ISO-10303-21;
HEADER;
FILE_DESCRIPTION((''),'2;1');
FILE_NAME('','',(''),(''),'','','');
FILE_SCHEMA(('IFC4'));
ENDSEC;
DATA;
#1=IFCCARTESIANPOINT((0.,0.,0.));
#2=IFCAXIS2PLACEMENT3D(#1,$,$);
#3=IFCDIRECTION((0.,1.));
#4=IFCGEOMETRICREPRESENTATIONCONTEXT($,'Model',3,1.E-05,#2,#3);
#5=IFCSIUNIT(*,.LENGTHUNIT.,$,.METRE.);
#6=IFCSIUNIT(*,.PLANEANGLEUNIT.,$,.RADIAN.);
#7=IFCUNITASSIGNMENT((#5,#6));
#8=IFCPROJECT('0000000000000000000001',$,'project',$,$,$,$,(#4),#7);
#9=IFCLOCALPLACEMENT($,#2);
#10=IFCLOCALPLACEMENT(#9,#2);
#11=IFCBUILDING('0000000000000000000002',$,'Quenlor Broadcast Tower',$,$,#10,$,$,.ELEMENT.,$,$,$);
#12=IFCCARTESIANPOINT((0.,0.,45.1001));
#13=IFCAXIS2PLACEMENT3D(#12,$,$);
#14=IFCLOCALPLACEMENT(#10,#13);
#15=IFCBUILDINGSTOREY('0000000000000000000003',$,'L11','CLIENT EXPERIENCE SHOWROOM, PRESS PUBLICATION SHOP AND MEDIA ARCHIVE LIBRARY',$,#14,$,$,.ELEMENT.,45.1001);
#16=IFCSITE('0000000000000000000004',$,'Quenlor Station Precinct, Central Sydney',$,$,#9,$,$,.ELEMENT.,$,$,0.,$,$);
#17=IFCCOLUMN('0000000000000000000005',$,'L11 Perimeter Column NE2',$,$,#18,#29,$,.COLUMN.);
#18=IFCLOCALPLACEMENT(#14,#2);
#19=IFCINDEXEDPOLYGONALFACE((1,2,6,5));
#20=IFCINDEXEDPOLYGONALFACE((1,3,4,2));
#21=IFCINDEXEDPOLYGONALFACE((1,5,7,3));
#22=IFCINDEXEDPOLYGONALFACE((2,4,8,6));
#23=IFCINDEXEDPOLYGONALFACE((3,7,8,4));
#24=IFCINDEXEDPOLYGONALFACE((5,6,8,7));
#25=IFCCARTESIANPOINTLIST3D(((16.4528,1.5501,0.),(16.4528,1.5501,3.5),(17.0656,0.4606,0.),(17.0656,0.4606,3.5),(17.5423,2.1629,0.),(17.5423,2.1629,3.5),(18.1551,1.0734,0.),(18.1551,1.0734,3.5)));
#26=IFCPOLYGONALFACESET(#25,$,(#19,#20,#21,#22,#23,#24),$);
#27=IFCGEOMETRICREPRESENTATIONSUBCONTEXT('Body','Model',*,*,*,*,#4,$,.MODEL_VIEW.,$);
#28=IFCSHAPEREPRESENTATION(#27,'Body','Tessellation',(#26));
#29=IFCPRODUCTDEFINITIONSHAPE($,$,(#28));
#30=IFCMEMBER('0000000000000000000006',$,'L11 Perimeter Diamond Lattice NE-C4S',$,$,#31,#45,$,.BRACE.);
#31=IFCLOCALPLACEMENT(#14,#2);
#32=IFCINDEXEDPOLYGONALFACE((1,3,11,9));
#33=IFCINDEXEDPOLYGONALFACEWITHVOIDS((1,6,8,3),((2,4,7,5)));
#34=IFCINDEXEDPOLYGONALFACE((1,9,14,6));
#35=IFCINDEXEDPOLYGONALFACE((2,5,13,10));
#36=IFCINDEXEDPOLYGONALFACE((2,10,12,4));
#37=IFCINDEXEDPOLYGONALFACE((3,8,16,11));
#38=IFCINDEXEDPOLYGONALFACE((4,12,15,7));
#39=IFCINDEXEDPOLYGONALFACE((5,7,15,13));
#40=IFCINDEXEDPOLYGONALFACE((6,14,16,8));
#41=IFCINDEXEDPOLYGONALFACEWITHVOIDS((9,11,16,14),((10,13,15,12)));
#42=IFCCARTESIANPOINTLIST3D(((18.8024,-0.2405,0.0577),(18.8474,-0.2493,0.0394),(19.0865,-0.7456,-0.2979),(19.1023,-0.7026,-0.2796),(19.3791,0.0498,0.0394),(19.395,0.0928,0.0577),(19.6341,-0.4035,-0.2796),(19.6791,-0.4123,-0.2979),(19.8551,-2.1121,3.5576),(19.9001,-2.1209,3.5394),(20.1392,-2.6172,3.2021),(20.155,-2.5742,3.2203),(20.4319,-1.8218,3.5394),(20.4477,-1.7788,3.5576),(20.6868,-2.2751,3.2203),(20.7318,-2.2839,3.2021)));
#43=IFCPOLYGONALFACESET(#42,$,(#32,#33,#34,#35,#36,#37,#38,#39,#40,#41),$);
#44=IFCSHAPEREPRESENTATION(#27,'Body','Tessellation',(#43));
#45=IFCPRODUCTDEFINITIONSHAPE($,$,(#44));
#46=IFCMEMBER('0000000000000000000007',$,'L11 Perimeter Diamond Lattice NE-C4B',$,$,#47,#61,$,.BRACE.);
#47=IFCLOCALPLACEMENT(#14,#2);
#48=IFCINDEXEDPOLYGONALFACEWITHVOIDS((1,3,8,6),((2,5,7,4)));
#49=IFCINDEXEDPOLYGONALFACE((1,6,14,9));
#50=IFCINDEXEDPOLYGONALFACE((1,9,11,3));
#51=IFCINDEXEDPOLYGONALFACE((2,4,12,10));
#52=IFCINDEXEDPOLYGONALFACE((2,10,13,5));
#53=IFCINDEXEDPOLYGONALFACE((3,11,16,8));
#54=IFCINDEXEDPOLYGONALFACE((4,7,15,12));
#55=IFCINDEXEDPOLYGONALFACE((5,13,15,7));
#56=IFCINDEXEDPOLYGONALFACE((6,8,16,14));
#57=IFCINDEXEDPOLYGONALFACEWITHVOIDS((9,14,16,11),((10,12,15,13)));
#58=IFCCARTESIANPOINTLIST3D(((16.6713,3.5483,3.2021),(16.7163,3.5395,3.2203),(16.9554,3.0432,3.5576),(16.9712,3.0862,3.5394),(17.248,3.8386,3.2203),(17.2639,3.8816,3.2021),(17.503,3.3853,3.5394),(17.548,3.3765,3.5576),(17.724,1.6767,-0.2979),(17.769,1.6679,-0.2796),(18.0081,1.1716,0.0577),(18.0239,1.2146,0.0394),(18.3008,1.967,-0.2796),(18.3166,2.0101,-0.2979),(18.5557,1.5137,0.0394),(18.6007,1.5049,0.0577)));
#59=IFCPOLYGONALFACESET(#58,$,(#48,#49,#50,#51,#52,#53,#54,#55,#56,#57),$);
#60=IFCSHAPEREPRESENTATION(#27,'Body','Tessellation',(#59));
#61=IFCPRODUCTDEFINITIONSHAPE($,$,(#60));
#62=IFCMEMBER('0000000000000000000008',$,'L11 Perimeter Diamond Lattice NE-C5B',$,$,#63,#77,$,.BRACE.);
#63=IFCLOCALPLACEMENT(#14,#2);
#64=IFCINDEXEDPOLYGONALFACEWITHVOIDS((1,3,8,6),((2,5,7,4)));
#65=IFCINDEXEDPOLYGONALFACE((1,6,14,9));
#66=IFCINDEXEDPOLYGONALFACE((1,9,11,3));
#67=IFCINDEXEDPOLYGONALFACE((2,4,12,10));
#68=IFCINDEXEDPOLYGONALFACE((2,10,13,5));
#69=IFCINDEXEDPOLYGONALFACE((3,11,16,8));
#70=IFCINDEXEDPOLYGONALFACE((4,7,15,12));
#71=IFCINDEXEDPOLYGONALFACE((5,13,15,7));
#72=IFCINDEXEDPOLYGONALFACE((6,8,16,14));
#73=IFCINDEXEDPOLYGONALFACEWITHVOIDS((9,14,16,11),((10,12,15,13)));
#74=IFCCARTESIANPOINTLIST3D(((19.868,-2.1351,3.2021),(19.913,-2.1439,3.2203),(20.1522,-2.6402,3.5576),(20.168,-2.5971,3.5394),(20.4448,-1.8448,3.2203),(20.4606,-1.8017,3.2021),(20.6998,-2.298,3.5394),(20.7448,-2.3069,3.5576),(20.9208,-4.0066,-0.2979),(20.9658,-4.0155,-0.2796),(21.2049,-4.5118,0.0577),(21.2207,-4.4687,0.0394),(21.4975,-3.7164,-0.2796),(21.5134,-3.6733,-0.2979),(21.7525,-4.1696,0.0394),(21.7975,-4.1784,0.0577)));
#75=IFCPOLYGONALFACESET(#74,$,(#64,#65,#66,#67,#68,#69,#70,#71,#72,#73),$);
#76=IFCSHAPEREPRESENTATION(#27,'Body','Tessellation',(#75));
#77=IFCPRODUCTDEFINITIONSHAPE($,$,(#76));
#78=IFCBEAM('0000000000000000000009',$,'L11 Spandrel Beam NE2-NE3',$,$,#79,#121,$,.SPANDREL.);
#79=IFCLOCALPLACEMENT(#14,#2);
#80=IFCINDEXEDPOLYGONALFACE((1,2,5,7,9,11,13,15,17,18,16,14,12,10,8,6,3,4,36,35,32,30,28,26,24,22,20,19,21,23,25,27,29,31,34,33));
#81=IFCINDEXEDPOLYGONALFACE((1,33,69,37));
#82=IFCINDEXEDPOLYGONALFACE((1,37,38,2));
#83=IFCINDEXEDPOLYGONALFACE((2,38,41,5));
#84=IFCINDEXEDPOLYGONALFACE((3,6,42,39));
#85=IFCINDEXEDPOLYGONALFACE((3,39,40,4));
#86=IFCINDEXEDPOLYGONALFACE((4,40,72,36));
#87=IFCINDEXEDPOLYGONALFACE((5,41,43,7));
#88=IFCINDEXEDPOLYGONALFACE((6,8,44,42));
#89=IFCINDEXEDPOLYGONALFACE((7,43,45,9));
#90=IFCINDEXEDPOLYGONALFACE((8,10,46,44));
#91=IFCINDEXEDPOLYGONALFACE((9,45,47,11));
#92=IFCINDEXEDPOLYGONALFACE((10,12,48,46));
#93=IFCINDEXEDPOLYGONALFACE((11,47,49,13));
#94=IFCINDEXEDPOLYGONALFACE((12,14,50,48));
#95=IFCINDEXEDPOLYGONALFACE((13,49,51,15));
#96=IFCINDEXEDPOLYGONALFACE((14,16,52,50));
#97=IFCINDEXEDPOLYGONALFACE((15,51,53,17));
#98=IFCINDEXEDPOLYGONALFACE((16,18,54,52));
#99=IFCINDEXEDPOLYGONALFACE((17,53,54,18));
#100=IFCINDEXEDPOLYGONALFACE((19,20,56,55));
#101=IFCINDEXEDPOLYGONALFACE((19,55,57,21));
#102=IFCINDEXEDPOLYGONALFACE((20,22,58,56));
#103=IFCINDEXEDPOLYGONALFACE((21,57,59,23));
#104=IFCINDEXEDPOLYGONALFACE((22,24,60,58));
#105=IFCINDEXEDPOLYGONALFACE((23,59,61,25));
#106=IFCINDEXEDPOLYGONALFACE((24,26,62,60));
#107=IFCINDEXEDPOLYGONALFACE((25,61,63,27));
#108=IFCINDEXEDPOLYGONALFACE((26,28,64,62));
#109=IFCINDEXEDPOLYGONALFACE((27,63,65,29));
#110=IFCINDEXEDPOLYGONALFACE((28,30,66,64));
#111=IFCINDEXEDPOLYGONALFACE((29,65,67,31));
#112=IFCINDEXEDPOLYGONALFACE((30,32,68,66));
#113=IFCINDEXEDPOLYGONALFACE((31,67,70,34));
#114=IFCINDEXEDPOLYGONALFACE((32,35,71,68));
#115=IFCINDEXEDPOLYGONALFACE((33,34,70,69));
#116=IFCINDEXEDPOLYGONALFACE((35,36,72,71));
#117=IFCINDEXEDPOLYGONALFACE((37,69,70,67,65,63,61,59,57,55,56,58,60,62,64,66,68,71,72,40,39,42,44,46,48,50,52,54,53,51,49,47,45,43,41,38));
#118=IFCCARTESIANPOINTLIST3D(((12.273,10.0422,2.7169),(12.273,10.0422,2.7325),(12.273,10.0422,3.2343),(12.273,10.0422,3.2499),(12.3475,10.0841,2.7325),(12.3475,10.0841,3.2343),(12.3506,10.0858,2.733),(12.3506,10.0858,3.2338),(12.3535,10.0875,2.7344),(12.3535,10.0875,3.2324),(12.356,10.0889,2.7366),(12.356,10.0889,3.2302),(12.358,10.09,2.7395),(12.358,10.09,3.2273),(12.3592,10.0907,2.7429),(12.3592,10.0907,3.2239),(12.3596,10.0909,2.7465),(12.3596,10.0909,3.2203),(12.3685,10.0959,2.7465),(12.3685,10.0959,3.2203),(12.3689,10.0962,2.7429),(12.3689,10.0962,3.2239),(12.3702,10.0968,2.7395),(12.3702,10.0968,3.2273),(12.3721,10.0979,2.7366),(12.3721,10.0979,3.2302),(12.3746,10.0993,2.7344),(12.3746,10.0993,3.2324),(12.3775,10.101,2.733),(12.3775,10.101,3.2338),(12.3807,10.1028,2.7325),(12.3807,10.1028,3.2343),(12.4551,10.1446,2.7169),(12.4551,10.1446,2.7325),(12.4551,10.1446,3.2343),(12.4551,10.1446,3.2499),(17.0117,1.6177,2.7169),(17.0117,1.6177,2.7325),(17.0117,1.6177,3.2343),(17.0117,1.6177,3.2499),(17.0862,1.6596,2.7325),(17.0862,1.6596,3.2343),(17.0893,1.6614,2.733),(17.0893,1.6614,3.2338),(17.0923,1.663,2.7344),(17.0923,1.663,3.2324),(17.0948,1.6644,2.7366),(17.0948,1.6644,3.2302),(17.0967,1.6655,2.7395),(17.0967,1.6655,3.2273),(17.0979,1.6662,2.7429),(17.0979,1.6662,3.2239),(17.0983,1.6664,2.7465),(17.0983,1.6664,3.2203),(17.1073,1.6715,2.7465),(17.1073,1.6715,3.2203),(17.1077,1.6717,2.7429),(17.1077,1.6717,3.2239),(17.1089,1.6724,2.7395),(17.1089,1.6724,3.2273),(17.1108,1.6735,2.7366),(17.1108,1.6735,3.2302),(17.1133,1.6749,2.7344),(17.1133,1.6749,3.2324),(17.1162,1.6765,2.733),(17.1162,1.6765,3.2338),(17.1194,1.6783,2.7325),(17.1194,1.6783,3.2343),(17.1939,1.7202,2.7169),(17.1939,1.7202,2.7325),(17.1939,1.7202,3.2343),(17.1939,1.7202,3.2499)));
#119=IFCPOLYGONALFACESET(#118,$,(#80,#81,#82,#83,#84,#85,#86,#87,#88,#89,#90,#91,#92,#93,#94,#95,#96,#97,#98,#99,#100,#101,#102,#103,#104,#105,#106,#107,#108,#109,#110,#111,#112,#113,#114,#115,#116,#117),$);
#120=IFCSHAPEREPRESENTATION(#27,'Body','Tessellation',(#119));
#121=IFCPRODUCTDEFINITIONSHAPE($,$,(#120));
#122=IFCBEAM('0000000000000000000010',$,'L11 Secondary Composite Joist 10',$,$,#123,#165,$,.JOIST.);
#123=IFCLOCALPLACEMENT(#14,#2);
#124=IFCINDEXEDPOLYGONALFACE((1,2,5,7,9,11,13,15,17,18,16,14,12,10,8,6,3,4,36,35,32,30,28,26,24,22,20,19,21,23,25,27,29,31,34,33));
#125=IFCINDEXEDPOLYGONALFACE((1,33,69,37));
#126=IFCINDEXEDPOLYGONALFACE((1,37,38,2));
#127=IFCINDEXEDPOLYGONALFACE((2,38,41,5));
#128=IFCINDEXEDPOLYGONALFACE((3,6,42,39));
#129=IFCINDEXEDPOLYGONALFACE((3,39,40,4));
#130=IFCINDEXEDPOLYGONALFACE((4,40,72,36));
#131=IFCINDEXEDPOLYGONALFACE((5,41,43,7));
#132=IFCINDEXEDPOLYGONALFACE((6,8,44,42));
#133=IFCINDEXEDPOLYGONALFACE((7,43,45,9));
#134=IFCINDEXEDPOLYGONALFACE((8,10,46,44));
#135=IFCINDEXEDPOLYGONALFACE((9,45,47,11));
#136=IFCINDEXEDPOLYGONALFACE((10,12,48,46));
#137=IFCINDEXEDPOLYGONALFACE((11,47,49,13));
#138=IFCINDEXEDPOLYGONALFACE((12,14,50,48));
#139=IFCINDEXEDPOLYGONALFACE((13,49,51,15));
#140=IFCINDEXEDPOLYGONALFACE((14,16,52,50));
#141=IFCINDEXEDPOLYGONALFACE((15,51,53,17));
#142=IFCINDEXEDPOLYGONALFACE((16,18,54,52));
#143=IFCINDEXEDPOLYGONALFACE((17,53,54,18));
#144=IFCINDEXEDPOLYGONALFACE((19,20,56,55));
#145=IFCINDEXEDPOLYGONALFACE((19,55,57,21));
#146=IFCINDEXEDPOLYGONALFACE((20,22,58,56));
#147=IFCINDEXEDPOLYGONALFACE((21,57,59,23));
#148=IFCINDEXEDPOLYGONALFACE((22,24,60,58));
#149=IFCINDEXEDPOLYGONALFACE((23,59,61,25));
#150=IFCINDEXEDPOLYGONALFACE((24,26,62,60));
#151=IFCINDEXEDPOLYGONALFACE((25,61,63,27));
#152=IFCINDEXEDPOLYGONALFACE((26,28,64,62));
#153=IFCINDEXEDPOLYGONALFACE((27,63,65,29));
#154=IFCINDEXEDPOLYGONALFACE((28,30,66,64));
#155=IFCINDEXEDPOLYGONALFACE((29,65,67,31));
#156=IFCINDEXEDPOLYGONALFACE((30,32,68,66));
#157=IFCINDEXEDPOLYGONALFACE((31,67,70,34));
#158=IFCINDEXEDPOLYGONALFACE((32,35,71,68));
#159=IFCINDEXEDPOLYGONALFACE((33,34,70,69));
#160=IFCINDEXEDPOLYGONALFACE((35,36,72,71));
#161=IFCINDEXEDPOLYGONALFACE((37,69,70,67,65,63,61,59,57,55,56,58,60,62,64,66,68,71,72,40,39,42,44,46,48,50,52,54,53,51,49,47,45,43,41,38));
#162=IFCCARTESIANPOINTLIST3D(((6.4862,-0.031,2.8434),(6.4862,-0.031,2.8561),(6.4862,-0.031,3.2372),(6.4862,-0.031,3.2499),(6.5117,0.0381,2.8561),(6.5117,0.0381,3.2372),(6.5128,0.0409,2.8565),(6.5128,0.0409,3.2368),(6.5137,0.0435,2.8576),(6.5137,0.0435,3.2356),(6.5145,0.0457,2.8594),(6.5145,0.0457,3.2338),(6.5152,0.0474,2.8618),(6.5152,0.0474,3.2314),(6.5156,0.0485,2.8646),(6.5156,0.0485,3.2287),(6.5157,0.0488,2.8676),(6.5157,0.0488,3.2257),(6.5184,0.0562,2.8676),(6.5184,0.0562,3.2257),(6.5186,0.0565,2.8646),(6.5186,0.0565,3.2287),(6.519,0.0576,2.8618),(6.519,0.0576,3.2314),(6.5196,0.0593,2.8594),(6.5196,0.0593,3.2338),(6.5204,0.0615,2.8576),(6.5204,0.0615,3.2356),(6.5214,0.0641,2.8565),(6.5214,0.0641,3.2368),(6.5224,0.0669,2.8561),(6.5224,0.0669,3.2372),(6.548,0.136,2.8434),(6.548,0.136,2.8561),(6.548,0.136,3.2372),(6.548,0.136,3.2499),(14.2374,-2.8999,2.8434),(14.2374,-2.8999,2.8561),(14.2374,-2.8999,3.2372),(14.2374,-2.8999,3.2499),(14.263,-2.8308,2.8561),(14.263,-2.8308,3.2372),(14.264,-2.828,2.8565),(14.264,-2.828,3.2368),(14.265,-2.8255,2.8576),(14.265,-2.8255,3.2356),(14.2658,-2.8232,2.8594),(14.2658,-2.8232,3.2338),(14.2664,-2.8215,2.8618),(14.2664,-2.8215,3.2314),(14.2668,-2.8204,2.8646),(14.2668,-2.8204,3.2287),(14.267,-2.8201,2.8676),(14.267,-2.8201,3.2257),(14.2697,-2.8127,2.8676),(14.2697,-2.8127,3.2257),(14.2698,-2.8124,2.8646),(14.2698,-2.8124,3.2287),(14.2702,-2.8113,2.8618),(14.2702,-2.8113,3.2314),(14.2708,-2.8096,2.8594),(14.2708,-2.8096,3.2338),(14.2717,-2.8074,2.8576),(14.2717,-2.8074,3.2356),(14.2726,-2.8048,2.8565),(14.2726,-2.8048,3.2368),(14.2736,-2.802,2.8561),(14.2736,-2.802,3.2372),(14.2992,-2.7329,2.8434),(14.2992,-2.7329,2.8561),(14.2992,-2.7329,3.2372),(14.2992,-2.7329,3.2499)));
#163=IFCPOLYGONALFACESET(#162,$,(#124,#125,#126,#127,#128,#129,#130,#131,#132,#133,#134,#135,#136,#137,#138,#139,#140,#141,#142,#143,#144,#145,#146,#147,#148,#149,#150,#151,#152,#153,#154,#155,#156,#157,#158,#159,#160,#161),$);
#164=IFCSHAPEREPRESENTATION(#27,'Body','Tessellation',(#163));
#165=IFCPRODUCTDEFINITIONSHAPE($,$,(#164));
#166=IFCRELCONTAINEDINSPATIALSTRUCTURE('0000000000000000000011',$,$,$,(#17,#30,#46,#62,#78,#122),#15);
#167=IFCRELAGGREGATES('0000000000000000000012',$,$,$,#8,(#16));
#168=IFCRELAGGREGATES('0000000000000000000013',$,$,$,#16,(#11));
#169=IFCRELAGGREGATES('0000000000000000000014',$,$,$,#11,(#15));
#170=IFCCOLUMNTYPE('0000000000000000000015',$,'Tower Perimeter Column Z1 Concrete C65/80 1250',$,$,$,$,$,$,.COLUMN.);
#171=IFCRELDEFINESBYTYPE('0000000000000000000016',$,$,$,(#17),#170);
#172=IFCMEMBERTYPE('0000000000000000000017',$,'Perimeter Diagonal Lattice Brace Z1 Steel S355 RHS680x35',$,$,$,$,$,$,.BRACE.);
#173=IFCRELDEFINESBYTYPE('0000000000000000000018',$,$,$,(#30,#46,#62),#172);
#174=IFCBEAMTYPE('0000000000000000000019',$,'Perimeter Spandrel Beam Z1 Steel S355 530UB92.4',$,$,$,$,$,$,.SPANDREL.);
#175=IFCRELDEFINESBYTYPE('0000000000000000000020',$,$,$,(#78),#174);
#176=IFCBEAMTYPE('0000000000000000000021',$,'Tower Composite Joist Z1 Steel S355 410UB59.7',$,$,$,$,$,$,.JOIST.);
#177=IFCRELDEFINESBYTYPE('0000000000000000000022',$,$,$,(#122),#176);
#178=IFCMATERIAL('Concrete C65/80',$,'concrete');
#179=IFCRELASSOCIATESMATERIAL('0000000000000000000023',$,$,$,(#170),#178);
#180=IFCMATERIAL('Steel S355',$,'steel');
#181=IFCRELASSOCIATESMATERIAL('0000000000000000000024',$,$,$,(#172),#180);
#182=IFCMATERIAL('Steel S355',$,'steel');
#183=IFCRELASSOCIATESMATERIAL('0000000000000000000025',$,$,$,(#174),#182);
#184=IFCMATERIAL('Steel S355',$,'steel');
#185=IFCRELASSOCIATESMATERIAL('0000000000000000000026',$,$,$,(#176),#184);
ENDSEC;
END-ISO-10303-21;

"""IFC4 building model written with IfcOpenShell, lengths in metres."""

from ifc_helpers import new_model, si_unit, direction, frame, origin, origin_2d, place, context, subcontext, project, spatial, rectangle, hollow_rectangle, i_section, extrude, material, material_profile, profile_set, type_object, element, save


model = new_model("IFC4")

# Units and contexts
model_context = context("Model", 3, precision=1e-05, world=origin(), true_north=direction((0.0, 1.0)))
body_context = subcontext(model_context, "Body", "Model", "MODEL_VIEW")
ifc_project = project(units=[si_unit("LENGTHUNIT", "METRE"), si_unit("PLANEANGLEUNIT", "RADIAN")], contexts=[model_context])

# Site, building, storey
site_placement = place(None, origin())
site = spatial("IfcSite", under=ifc_project, at=site_placement, Name="Quenlor Station Precinct, Central Sydney", CompositionType="ELEMENT", RefElevation=0.0)
building_placement = place(site_placement, origin())
building = spatial("IfcBuilding", under=site, at=building_placement, Name="Quenlor Broadcast Tower", CompositionType="ELEMENT")
storey_placement = place(building_placement, frame((0.0, 0.0, 45.1001)))
storey = spatial("IfcBuildingStorey", under=building, at=storey_placement, Name="L11", Description="CLIENT EXPERIENCE SHOWROOM, PRESS PUBLICATION SHOP AND MEDIA ARCHIVE LIBRARY", CompositionType="ELEMENT", Elevation=45.1001)

# Column
ifc_material_1 = material(Name="Concrete C65/80", Category="concrete")
ifc_material_profile_1 = material_profile(ifc_material_1, rectangle(XDim=1.25, YDim=1.25, at=origin_2d()))
ifc_profile_set_1 = profile_set([ifc_material_profile_1], Name="Concrete C65/80 RC1250x1250")
column_type = type_object("IfcColumnType", Name="Tower Perimeter Column Z1 Concrete C65/80 1250", PredefinedType="COLUMN", material=ifc_profile_set_1)
column_placement = place(storey_placement, frame((17.304, 1.3118, 0.0), z_axis=(0.0, 0.0, 1.0), x_axis=(0.871575, 0.490262, 0.0)))
element("IfcColumn", 1, at=column_placement, inside=storey, type_object=column_type, Name="L11 Perimeter Column NE2", PredefinedType="COLUMN", context=body_context, shape_type="SweptSolid", body=[
    extrude(rectangle(XDim=1.25, YDim=1.25, at=origin_2d()), origin(), (0.0, 0.0, 1.0), 3.5),
])

# Members
ifc_material_2 = material(Name="Steel S355", Category="steel")
ifc_material_profile_2 = material_profile(ifc_material_2, hollow_rectangle(XDim=0.6799, YDim=0.6799, WallThickness=0.0349, at=origin_2d()))
ifc_profile_set_2 = profile_set([ifc_material_profile_2], Name="Steel S355 RHS680x680x35")
member_type = type_object("IfcMemberType", Name="Perimeter Diagonal Lattice Brace Z1 Steel S355 RHS680x35", PredefinedType="BRACE", material=ifc_profile_set_2)
for number, where, z_axis, x_axis, name in (
    (2, (19.2407, -0.3264, -0.1201), (0.256375, -0.455792, 0.852365), (0.871582, 0.49025, 0.0), "L11 Perimeter Diamond Lattice NE-C4S"),
    (3, (18.1624, 1.5908, -0.1201), (-0.256375, 0.455792, 0.852365), (-0.871582, -0.49025, 0.0), "L11 Perimeter Diamond Lattice NE-C4B"),
    (4, (21.3591, -4.0925, -0.1201), (-0.256375, 0.455792, 0.852365), (-0.871582, -0.49025, 0.0), "L11 Perimeter Diamond Lattice NE-C5B"),
):
    element("IfcMember", number, at=place(storey_placement, frame(where, z_axis=z_axis, x_axis=x_axis)), inside=storey, type_object=member_type, Name=name, PredefinedType="BRACE", context=body_context, shape_type="SweptSolid", body=[
        extrude(hollow_rectangle(XDim=0.6799, YDim=0.6799, WallThickness=0.0349, at=origin_2d()), origin(), (0.0, 0.0, 1.0), 4.1062),
    ])

# Beams
ifc_material_3 = material(Name="Steel S355", Category="steel")
ifc_material_profile_3 = material_profile(ifc_material_3, i_section(OverallWidth=0.209, OverallDepth=0.533, WebThickness=0.0103, FlangeThickness=0.0156, FilletRadius=0.0139, at=origin_2d()))
ifc_profile_set_3 = profile_set([ifc_material_profile_3], Name="Steel S355 530UB92.4")
beam_type_1 = type_object("IfcBeamType", Name="Perimeter Spandrel Beam Z1 Steel S355 530UB92.4", PredefinedType="SPANDREL", material=ifc_profile_set_3)
beam_1_placement = place(storey_placement, frame((17.1028, 1.6689, 2.9834), z_axis=(-0.490258, 0.871578, 0.0), x_axis=(-0.871578, -0.490258, 0.0)))
element("IfcBeam", 5, at=beam_1_placement, inside=storey, type_object=beam_type_1, Name="L11 Spandrel Beam NE2-NE3", PredefinedType="SPANDREL", context=body_context, shape_type="SweptSolid", body=[
    extrude(i_section(OverallWidth=0.209, OverallDepth=0.533, WebThickness=0.0103, FlangeThickness=0.0156, FilletRadius=0.0139, at=origin_2d()), origin(), (0.0, 0.0, 1.0), 9.6658),
])
ifc_material_4 = material(Name="Steel S355", Category="steel")
ifc_material_profile_4 = material_profile(ifc_material_4, i_section(OverallWidth=0.178, OverallDepth=0.4065, WebThickness=0.0078, FlangeThickness=0.0127, FilletRadius=0.0115, at=origin_2d()))
ifc_profile_set_4 = profile_set([ifc_material_profile_4], Name="Steel S355 410UB59.7")
beam_type_2 = type_object("IfcBeamType", Name="Tower Composite Joist Z1 Steel S355 410UB59.7", PredefinedType="JOIST", material=ifc_profile_set_4)
beam_2_placement = place(storey_placement, frame((14.2683, -2.8164, 3.0466), z_axis=(-0.937825, 0.347109, 0.0), x_axis=(-0.347109, -0.937825, 0.0)))
element("IfcBeam", 6, at=beam_2_placement, inside=storey, type_object=beam_type_2, Name="L11 Secondary Composite Joist 10", PredefinedType="JOIST", context=body_context, shape_type="SweptSolid", body=[
    extrude(i_section(OverallWidth=0.178, OverallDepth=0.4065, WebThickness=0.0078, FlangeThickness=0.0127, FilletRadius=0.0115, at=origin_2d()), origin(), (0.0, 0.0, 1.0), 8.2651),
])

save(model, "model.ifc")
